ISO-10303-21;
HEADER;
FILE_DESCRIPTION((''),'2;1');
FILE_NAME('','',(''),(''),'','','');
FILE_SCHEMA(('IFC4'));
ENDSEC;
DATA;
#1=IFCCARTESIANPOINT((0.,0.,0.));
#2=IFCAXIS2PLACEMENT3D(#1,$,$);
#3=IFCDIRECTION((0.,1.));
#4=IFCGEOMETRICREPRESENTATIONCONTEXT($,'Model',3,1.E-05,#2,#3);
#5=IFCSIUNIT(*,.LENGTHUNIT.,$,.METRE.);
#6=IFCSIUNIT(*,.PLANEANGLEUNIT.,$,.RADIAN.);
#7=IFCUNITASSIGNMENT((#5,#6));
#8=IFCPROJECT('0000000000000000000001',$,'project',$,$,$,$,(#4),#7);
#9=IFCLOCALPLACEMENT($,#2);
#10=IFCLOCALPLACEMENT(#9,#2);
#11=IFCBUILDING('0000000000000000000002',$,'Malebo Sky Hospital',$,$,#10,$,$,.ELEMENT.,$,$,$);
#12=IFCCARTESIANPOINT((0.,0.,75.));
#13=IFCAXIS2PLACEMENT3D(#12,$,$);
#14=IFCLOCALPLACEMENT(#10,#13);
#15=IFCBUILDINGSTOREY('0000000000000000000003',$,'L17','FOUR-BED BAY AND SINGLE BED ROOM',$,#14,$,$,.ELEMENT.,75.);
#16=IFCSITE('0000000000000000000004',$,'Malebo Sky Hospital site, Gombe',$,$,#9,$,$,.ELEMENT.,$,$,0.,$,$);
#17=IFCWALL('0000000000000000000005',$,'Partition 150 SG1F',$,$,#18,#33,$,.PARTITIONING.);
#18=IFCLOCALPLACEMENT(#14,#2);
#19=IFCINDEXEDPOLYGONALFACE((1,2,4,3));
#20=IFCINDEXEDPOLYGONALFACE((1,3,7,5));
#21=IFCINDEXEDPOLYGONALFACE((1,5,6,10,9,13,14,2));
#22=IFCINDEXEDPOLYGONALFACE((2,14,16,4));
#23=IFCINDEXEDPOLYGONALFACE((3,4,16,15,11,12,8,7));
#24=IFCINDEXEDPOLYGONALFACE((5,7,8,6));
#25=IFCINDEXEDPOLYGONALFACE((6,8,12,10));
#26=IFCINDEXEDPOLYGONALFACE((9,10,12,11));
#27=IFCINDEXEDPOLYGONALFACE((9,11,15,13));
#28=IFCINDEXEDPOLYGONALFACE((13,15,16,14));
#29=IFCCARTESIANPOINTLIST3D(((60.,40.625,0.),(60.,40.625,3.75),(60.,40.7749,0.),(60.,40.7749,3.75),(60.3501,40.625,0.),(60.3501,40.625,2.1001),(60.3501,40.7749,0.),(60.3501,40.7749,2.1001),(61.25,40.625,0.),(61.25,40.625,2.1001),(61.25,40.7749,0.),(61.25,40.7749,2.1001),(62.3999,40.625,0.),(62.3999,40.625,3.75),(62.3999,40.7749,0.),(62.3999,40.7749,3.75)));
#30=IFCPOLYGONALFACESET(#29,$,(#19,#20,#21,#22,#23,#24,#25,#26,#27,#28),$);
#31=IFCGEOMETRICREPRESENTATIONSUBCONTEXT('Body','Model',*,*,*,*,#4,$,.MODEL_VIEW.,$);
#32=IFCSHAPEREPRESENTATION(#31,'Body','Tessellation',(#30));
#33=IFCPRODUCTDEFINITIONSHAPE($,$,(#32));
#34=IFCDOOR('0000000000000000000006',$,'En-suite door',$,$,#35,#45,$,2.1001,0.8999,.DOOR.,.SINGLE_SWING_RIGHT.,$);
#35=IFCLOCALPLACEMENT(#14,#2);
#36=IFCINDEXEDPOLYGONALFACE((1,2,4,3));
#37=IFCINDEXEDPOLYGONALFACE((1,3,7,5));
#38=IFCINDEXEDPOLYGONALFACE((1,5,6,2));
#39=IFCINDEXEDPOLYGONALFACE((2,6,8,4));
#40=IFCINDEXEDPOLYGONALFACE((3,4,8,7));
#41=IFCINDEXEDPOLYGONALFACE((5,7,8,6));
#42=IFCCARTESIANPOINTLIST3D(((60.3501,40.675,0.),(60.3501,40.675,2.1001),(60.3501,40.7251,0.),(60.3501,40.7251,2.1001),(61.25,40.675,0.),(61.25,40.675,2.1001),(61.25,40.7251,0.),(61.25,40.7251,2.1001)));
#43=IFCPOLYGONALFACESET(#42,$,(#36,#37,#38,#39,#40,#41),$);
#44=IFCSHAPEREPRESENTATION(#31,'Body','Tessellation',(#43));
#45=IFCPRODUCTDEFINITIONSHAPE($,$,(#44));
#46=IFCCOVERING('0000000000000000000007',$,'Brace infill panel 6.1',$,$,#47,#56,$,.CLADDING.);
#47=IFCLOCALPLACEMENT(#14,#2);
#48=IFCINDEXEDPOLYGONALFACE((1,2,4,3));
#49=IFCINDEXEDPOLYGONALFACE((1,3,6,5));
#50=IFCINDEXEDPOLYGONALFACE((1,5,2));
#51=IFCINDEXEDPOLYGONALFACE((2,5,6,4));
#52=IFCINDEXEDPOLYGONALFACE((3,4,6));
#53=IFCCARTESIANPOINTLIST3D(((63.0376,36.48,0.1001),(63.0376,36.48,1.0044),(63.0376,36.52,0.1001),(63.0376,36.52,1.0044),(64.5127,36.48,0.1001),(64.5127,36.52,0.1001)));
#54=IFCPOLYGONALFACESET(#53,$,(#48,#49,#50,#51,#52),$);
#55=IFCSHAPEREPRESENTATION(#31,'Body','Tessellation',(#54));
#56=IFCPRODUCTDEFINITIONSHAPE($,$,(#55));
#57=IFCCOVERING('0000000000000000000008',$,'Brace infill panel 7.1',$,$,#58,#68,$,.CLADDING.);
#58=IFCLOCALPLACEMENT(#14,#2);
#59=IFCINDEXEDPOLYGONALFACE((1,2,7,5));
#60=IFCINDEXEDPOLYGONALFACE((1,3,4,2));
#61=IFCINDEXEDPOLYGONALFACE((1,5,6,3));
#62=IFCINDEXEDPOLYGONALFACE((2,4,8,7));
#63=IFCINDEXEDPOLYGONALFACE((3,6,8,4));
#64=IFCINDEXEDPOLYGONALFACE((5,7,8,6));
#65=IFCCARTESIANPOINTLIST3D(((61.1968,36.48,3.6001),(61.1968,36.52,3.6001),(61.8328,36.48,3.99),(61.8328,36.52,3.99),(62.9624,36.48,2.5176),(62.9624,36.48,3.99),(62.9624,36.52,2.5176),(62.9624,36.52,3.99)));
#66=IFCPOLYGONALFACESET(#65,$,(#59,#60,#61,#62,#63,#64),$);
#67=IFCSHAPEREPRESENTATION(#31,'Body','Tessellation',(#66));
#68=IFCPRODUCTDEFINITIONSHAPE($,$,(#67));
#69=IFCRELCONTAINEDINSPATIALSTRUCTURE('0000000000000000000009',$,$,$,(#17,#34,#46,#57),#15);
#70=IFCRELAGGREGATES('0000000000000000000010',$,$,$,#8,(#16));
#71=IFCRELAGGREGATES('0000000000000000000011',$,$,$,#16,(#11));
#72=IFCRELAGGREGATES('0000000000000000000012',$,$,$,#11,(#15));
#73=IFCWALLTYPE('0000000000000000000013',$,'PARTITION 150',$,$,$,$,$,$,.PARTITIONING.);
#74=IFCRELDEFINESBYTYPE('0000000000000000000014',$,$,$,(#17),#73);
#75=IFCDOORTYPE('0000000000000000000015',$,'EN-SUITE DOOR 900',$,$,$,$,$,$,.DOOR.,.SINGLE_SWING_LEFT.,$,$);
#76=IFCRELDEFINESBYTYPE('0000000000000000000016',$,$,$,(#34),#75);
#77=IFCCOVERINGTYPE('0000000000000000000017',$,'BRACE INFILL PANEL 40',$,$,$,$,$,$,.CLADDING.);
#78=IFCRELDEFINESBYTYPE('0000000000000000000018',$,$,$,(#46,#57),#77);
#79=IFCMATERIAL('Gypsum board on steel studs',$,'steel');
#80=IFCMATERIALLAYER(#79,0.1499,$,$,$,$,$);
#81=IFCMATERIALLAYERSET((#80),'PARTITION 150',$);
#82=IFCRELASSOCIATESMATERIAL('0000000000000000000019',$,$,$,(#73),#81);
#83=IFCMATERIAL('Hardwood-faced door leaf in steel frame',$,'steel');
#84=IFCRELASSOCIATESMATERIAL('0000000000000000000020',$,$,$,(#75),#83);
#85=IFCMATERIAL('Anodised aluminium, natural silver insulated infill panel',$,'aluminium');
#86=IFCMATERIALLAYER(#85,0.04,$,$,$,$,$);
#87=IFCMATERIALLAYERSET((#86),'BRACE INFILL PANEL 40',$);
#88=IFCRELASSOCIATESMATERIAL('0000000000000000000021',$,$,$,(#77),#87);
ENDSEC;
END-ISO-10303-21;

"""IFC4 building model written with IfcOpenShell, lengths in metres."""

from ifc_helpers import new_model, si_unit, direction, frame, frame_2d, origin, place, context, subcontext, project, spatial, polyline, rectangle, outline, extrude, material, layer, layer_set, type_object, element, fill, save


model = new_model("IFC4")

# Units and contexts
model_context = context("Model", 3, precision=1e-05, world=origin(), true_north=direction((0.0, 1.0)))
body_context = subcontext(model_context, "Body", "Model", "MODEL_VIEW")
ifc_project = project(units=[si_unit("LENGTHUNIT", "METRE"), si_unit("PLANEANGLEUNIT", "RADIAN")], contexts=[model_context])

# Site, building, storey
site_placement = place(None, origin())
site = spatial("IfcSite", under=ifc_project, at=site_placement, Name="Malebo Sky Hospital site, Gombe", CompositionType="ELEMENT", RefElevation=0.0)
building_placement = place(site_placement, origin())
building = spatial("IfcBuilding", under=site, at=building_placement, Name="Malebo Sky Hospital", CompositionType="ELEMENT")
storey_placement = place(building_placement, frame((0.0, 0.0, 75.0)))
storey = spatial("IfcBuildingStorey", under=building, at=storey_placement, Name="L17", Description="FOUR-BED BAY AND SINGLE BED ROOM", CompositionType="ELEMENT", Elevation=75.0)

# Wall, opening, door
ifc_material_1 = material(Name="Gypsum board on steel studs", Category="steel")
ifc_layer_1 = layer(ifc_material_1, 0.1499)
ifc_layer_set_1 = layer_set([ifc_layer_1], Name="PARTITION 150")
wall_type = type_object("IfcWallType", Name="PARTITION 150", PredefinedType="PARTITIONING", material=ifc_layer_set_1)
ifc_material_2 = material(Name="Hardwood-faced door leaf in steel frame", Category="steel")
door_type = type_object("IfcDoorType", Name="EN-SUITE DOOR 900", OperationType="SINGLE_SWING_LEFT", PredefinedType="DOOR", material=ifc_material_2)
wall_1_placement = place(storey_placement, frame((62.3999, 40.7, 0.0), z_axis=(0.0, 0.0, 1.0), x_axis=(-1.0, 0.0, 0.0)))
wall_1 = element("IfcWall", 1, at=wall_1_placement, inside=storey, type_object=wall_type, Name="Partition 150 SG1F", PredefinedType="PARTITIONING", context=body_context, shape_type="SweptSolid", body=[
    extrude(rectangle(XDim=2.3999, YDim=0.1499, at=frame_2d((1.2, 0.0))), origin(), (0.0, 0.0, 1.0), 3.75),
])
opening_1_placement = place(wall_1_placement, frame((1.1499, 0.0, 0.0)))
opening_1 = element("IfcOpeningElement", 2, at=opening_1_placement, cuts=wall_1, PredefinedType="OPENING", context=body_context, shape_type="SweptSolid", body=[
    extrude(rectangle(XDim=0.8999, YDim=2.1001, at=frame_2d((0.45, 1.05))), frame((0.0, 0.085, 0.0), z_axis=(0.0, -1.0, 0.0), x_axis=(1.0, 0.0, 0.0)), (0.0, 0.0, 1.0), 0.1699),
])
door_1_placement = place(opening_1_placement, origin())
door_1 = element("IfcDoor", 3, at=door_1_placement, inside=storey, type_object=door_type, Name="En-suite door", OperationType="SINGLE_SWING_RIGHT", OverallHeight=2.1001, OverallWidth=0.8999, PredefinedType="DOOR", context=body_context, shape_type="SweptSolid", body=[
    extrude(rectangle(XDim=0.8999, YDim=2.1001, at=frame_2d((0.45, 1.05))), frame((0.0, 0.0249, 0.0), z_axis=(0.0, -1.0, 0.0), x_axis=(1.0, 0.0, 0.0)), (0.0, 0.0, 1.0), 0.05),
])
fill(opening_1, door_1)

# Coverings
ifc_material_3 = material(Name="Anodised aluminium, natural silver insulated infill panel", Category="aluminium")
ifc_layer_2 = layer(ifc_material_3, 0.04)
ifc_layer_set_2 = layer_set([ifc_layer_2], Name="BRACE INFILL PANEL 40")
covering_type = type_object("IfcCoveringType", Name="BRACE INFILL PANEL 40", PredefinedType="CLADDING", material=ifc_layer_set_2)
covering_1_placement = place(storey_placement, frame((63.7751, 36.5, 0.1001), z_axis=(0.0, 0.0, 1.0), x_axis=(-1.0, 0.0, 0.0)))
element("IfcCovering", 4, at=covering_1_placement, inside=storey, type_object=covering_type, Name="Brace infill panel 6.1", PredefinedType="CLADDING", context=body_context, shape_type="SweptSolid", body=[
    extrude(outline(polyline([(-0.7375, 0.0), (0.7375, 0.0), (0.7375, 0.9043), (-0.7375, 0.0)])), frame((0.0, 0.02, 0.0), z_axis=(0.0, -1.0, 0.0), x_axis=(1.0, 0.0, 0.0)), (0.0, 0.0, 1.0), 0.04),
])
covering_2_placement = place(storey_placement, frame((62.0796, 36.5, 2.5176), z_axis=(0.0, 0.0, 1.0), x_axis=(-1.0, 0.0, 0.0)))
element("IfcCovering", 5, at=covering_2_placement, inside=storey, type_object=covering_type, Name="Brace infill panel 7.1", PredefinedType="CLADDING", context=body_context, shape_type="SweptSolid", body=[
    extrude(outline(polyline([(-0.8828, 0.0), (0.8828, 1.0825), (0.2468, 1.4724), (-0.8828, 1.4724), (-0.8828, 0.0)])), frame((0.0, 0.02, 0.0), z_axis=(0.0, -1.0, 0.0), x_axis=(1.0, 0.0, 0.0)), (0.0, 0.0, 1.0), 0.04),
])

save(model, "model.ifc")
